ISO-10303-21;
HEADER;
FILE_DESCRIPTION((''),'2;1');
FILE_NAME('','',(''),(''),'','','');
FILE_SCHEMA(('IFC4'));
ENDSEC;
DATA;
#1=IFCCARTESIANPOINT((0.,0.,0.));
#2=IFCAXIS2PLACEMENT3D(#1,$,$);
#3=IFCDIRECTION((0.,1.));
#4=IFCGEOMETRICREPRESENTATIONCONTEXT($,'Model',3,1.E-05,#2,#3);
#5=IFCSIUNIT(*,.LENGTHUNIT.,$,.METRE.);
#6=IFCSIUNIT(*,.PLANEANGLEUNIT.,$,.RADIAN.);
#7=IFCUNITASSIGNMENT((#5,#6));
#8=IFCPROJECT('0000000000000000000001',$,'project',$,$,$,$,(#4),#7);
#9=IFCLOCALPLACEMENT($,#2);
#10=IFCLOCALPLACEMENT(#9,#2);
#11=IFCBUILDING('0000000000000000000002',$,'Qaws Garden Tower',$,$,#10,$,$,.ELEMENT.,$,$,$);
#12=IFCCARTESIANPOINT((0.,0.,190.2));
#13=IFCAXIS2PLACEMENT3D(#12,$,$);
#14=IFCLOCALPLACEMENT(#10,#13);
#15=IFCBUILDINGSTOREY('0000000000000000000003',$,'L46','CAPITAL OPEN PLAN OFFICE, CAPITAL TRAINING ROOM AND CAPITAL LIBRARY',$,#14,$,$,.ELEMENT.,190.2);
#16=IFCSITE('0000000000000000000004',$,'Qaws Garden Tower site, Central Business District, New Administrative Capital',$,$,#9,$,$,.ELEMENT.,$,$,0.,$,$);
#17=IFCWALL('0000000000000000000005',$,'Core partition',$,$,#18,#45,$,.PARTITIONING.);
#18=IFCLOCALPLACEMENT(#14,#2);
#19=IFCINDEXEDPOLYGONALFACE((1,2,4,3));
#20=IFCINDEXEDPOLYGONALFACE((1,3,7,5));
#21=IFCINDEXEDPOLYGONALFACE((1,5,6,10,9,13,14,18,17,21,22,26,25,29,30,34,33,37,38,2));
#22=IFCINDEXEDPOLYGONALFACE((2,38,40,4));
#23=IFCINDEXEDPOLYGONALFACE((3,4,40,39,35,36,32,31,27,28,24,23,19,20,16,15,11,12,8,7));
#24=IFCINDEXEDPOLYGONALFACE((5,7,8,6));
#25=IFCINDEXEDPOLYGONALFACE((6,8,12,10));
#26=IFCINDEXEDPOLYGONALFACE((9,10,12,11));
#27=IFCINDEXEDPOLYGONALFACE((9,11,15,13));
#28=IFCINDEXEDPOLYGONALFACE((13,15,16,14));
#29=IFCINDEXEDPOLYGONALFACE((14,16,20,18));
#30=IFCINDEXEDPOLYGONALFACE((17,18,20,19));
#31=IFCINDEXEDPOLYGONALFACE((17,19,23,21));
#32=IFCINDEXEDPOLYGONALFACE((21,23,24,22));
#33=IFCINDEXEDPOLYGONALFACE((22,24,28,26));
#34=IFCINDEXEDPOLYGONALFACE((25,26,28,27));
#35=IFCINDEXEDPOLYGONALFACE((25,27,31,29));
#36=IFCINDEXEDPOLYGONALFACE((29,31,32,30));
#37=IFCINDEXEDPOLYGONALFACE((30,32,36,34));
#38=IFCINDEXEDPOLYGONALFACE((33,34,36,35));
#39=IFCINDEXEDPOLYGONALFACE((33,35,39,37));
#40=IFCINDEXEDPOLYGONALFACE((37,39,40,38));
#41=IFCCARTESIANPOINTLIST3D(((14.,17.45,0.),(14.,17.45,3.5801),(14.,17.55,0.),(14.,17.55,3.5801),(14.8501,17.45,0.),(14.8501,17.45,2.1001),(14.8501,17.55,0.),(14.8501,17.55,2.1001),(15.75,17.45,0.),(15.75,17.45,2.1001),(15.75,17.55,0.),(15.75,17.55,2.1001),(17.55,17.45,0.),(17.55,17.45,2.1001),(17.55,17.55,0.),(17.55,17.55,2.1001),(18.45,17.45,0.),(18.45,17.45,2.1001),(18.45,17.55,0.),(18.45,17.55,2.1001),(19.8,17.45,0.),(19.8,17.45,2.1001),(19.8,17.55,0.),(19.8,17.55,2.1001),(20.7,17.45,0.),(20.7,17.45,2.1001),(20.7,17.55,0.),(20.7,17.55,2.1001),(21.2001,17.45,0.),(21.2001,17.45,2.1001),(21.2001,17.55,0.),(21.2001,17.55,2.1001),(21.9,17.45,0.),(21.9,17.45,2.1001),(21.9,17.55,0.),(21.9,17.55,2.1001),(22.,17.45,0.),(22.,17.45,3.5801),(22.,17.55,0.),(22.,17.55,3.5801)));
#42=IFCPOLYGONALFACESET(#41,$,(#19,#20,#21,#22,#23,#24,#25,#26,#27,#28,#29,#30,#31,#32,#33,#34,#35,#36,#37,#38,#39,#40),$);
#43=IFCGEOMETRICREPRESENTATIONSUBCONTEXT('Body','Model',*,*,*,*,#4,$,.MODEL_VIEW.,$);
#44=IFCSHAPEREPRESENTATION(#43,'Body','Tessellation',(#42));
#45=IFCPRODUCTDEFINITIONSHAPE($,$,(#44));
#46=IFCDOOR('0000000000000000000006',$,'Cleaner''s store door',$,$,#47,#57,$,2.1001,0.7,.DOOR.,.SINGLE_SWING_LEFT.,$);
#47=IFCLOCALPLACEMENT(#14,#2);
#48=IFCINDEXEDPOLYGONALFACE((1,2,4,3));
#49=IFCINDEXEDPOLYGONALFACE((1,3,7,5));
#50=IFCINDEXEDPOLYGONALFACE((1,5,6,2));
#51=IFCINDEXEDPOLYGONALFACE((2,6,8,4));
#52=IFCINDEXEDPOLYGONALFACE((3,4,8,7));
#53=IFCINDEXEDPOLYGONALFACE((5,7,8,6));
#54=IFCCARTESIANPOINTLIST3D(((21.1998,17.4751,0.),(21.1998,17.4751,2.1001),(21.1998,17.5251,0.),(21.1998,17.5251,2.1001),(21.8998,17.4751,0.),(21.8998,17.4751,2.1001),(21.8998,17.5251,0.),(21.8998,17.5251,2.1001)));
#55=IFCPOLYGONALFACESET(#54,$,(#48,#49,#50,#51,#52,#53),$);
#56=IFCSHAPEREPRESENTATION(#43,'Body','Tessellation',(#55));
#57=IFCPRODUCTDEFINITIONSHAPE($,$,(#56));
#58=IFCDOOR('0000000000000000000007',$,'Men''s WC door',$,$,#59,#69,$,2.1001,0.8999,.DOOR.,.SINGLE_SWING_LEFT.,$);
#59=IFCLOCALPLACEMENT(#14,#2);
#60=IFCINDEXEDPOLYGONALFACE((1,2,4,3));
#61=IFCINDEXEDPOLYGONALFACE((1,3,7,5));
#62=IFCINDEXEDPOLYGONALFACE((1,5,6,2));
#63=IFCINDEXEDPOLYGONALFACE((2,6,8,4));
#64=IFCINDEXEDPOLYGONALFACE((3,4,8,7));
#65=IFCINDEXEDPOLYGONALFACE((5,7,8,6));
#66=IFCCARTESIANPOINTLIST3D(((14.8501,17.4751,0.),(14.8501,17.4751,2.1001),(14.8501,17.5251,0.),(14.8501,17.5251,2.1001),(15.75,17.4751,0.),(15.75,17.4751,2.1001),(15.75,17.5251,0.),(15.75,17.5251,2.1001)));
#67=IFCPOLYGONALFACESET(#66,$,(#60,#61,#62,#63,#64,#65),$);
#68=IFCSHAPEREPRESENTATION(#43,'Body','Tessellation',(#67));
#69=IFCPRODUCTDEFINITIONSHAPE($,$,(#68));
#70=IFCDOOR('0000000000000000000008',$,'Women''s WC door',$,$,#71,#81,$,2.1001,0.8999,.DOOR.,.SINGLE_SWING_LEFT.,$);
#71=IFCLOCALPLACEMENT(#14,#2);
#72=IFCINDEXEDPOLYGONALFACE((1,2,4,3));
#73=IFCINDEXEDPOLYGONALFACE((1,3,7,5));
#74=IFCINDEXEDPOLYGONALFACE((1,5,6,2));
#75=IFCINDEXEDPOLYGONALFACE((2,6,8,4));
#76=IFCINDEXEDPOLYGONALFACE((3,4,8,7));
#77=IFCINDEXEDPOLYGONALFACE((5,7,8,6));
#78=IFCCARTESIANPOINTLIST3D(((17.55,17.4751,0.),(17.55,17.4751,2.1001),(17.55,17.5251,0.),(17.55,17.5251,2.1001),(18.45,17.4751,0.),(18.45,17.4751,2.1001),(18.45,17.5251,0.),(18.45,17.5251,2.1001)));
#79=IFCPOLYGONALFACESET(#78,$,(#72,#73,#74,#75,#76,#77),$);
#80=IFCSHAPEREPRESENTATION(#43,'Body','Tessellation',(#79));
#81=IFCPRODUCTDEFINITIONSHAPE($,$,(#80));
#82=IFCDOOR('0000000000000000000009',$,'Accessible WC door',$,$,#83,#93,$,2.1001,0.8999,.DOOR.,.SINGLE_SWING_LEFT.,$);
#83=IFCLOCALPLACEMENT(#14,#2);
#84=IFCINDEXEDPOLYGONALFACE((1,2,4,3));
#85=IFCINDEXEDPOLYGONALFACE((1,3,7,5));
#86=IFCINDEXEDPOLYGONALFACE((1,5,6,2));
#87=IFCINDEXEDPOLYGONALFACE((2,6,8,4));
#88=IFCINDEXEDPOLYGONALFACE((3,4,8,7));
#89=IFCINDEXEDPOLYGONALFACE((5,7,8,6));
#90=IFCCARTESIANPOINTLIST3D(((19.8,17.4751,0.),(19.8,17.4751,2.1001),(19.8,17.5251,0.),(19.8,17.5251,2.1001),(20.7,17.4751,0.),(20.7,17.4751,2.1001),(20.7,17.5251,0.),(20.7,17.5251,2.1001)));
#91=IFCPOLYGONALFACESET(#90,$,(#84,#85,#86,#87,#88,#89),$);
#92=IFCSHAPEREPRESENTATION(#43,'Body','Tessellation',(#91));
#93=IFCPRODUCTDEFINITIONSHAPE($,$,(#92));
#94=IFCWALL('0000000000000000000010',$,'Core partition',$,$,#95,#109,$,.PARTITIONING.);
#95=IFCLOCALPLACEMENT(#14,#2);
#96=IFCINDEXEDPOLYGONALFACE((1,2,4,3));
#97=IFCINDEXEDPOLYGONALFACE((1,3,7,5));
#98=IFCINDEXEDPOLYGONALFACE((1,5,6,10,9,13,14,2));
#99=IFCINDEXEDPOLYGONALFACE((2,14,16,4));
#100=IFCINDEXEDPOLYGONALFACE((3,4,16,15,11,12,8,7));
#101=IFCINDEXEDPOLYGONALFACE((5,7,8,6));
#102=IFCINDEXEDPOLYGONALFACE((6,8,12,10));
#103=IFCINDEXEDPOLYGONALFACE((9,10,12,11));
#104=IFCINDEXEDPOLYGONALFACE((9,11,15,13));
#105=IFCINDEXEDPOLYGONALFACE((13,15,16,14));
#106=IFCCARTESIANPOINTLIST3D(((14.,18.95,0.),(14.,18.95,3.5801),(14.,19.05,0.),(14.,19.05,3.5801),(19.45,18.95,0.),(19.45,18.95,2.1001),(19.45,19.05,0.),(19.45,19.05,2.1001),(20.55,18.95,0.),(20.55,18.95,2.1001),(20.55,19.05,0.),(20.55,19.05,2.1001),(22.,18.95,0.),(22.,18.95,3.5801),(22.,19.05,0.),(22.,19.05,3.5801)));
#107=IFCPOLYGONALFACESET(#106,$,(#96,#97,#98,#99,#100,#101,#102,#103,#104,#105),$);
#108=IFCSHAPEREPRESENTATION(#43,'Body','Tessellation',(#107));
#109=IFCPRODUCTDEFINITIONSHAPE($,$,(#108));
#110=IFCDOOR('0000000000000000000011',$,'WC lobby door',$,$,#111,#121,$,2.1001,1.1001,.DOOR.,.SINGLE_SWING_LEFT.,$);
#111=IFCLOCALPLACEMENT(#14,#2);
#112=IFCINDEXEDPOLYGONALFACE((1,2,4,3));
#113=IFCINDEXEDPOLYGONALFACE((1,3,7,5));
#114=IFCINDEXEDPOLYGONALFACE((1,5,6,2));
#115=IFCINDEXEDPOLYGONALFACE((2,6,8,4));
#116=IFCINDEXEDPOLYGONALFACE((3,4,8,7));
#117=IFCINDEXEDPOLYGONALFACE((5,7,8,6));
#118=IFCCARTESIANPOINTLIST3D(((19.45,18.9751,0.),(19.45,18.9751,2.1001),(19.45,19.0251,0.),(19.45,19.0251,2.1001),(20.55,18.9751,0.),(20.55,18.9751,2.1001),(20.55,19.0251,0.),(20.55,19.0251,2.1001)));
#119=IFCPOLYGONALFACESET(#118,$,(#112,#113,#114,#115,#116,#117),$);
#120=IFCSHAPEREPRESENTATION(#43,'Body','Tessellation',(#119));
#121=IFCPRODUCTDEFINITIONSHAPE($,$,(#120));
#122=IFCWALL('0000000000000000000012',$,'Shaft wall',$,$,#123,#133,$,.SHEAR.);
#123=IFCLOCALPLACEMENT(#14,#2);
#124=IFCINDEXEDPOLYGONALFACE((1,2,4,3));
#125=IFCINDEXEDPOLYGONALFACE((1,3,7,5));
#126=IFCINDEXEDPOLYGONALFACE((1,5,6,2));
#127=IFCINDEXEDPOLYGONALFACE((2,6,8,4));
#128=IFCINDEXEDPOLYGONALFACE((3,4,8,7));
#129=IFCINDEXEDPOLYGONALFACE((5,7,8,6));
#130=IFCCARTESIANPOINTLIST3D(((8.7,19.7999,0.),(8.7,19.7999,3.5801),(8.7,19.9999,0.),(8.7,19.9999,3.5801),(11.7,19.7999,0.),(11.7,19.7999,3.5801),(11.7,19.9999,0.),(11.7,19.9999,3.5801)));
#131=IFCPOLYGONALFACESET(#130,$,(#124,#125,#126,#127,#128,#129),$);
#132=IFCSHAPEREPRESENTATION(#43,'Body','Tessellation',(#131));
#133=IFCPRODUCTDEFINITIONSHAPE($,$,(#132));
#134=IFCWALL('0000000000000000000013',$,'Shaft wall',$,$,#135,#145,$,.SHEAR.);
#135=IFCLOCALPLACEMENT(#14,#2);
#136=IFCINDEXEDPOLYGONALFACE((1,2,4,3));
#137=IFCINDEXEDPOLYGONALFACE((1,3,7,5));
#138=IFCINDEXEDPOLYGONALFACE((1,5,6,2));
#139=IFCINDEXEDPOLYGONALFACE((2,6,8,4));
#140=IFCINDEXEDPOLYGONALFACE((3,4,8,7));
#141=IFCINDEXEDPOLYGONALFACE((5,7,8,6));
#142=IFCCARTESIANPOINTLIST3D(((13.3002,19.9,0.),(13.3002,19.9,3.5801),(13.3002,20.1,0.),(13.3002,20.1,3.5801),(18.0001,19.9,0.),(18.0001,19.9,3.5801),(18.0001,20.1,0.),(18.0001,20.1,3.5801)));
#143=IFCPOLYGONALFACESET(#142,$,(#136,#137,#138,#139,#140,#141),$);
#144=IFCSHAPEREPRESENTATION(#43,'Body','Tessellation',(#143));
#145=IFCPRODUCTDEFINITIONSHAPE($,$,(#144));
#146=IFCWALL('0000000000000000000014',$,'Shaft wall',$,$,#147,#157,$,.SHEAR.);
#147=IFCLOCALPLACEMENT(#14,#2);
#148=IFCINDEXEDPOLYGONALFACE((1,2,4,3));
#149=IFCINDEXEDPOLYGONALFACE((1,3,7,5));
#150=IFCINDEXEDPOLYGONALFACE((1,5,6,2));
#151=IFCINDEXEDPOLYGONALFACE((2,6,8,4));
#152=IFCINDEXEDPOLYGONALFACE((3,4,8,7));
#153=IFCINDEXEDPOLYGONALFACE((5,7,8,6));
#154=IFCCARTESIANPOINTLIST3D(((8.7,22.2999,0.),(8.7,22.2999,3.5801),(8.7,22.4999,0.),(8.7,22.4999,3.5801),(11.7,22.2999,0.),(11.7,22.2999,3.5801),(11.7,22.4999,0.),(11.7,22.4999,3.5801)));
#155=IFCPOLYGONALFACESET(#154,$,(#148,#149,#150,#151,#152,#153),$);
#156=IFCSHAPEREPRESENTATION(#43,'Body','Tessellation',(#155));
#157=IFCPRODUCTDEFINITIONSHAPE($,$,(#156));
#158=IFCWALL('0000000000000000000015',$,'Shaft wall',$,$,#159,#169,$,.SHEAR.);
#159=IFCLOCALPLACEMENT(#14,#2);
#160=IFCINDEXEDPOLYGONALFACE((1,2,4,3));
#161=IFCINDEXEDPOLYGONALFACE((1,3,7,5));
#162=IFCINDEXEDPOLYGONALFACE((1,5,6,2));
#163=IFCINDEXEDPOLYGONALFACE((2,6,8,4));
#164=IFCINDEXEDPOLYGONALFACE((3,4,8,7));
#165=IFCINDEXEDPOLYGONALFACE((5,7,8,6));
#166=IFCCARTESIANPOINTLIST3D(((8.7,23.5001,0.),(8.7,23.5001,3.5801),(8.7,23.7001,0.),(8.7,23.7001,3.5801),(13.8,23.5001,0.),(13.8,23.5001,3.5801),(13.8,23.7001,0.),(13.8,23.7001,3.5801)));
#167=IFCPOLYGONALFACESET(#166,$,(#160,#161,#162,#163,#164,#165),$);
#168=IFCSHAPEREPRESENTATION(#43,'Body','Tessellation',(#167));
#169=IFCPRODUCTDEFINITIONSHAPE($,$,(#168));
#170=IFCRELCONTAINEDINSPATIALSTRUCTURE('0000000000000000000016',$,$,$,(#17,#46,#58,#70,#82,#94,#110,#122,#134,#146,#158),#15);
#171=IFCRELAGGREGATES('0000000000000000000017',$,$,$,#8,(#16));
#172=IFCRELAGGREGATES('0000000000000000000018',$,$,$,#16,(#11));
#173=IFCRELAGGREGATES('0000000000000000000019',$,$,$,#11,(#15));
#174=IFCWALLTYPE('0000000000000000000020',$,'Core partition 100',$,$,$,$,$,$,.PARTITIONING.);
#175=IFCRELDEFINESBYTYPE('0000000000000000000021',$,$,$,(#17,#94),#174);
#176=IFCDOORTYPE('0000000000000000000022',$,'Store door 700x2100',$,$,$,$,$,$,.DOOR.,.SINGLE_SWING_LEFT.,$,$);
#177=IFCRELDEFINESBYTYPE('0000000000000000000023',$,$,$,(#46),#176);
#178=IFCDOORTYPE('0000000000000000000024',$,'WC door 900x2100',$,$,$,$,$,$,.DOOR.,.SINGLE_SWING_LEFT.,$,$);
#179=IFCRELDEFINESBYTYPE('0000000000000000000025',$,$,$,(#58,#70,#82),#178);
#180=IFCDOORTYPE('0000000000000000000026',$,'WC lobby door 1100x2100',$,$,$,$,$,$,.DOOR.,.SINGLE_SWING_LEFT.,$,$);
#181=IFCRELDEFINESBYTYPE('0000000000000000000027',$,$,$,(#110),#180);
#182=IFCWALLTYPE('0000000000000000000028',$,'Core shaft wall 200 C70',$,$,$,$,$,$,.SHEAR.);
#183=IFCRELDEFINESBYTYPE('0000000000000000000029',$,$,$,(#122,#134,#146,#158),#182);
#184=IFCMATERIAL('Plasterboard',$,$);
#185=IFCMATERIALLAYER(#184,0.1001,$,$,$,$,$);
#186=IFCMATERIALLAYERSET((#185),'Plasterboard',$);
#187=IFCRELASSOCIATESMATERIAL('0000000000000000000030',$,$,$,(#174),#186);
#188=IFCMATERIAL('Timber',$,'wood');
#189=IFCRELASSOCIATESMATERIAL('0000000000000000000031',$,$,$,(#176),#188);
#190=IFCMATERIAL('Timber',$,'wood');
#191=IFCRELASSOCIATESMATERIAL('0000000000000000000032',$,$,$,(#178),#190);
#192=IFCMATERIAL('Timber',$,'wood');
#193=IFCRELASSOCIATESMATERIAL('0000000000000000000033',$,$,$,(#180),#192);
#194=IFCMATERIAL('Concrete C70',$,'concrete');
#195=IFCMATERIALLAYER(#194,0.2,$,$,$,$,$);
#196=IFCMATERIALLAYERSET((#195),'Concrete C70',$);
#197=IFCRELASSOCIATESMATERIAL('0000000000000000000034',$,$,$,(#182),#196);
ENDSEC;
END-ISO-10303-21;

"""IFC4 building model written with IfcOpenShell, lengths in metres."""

from ifc_helpers import new_model, si_unit, direction, frame, frame_2d, origin, place, context, subcontext, project, spatial, rectangle, extrude, material, layer, layer_set, type_object, element, fill, save


model = new_model("IFC4")

# Units and contexts
model_context = context("Model", 3, precision=1e-05, world=origin(), true_north=direction((0.0, 1.0)))
body_context = subcontext(model_context, "Body", "Model", "MODEL_VIEW")
ifc_project = project(units=[si_unit("LENGTHUNIT", "METRE"), si_unit("PLANEANGLEUNIT", "RADIAN")], contexts=[model_context])

# Site, building, storey
site_placement = place(None, origin())
site = spatial("IfcSite", under=ifc_project, at=site_placement, Name="Qaws Garden Tower site, Central Business District, New Administrative Capital", CompositionType="ELEMENT", RefElevation=0.0)
building_placement = place(site_placement, origin())
building = spatial("IfcBuilding", under=site, at=building_placement, Name="Qaws Garden Tower", CompositionType="ELEMENT")
storey_placement = place(building_placement, frame((0.0, 0.0, 190.2)))
storey = spatial("IfcBuildingStorey", under=building, at=storey_placement, Name="L46", Description="CAPITAL OPEN PLAN OFFICE, CAPITAL TRAINING ROOM AND CAPITAL LIBRARY", CompositionType="ELEMENT", Elevation=190.2)

# Wall, openings, doors
ifc_material_1 = material(Name="Plasterboard")
ifc_layer_1 = layer(ifc_material_1, 0.1001)
ifc_layer_set_1 = layer_set([ifc_layer_1], Name="Plasterboard")
wall_type_1 = type_object("IfcWallType", Name="Core partition 100", PredefinedType="PARTITIONING", material=ifc_layer_set_1)
wall_1_placement = place(storey_placement, frame((14.0, 17.5, 0.0), z_axis=(0.0, 0.0, 1.0), x_axis=(1.0, 0.0, 0.0)))
wall_1 = element("IfcWall", 1, at=wall_1_placement, inside=storey, type_object=wall_type_1, Name="Core partition", PredefinedType="PARTITIONING", context=body_context, shape_type="SweptSolid", body=[
    extrude(rectangle(XDim=8.0, YDim=0.1001, at=frame_2d((4.0, 0.0))), origin(), (0.0, 0.0, 1.0), 3.5801),
])
opening_1_placement = place(wall_1_placement, frame((0.8501, 0.0, 0.0)))
opening_1 = element("IfcOpeningElement", 2, at=opening_1_placement, cuts=wall_1, PredefinedType="OPENING", context=body_context, shape_type="SweptSolid", body=[
    extrude(rectangle(XDim=0.8999, YDim=2.1001, at=frame_2d((0.45, 1.05))), frame((0.0, 0.0601, 0.0), z_axis=(0.0, -1.0, 0.0), x_axis=(1.0, 0.0, 0.0)), (0.0, 0.0, 1.0), 0.1201),
])
opening_2_placement = place(wall_1_placement, frame((3.55, 0.0, 0.0)))
opening_2 = element("IfcOpeningElement", 3, at=opening_2_placement, cuts=wall_1, PredefinedType="OPENING", context=body_context, shape_type="SweptSolid", body=[
    extrude(rectangle(XDim=0.8999, YDim=2.1001, at=frame_2d((0.45, 1.05))), frame((0.0, 0.0601, 0.0), z_axis=(0.0, -1.0, 0.0), x_axis=(1.0, 0.0, 0.0)), (0.0, 0.0, 1.0), 0.1201),
])
opening_3_placement = place(wall_1_placement, frame((5.8, 0.0, 0.0)))
opening_3 = element("IfcOpeningElement", 4, at=opening_3_placement, cuts=wall_1, PredefinedType="OPENING", context=body_context, shape_type="SweptSolid", body=[
    extrude(rectangle(XDim=0.8999, YDim=2.1001, at=frame_2d((0.45, 1.05))), frame((0.0, 0.0601, 0.0), z_axis=(0.0, -1.0, 0.0), x_axis=(1.0, 0.0, 0.0)), (0.0, 0.0, 1.0), 0.1201),
])
opening_4_placement = place(wall_1_placement, frame((7.2, 0.0, 0.0)))
opening_4 = element("IfcOpeningElement", 5, at=opening_4_placement, cuts=wall_1, PredefinedType="OPENING", context=body_context, shape_type="SweptSolid", body=[
    extrude(rectangle(XDim=0.7, YDim=2.1001, at=frame_2d((0.3501, 1.05))), frame((0.0, 0.0601, 0.0), z_axis=(0.0, -1.0, 0.0), x_axis=(1.0, 0.0, 0.0)), (0.0, 0.0, 1.0), 0.1201),
])
ifc_material_2 = material(Name="Timber", Category="wood")
door_type_1 = type_object("IfcDoorType", Name="Store door 700x2100", OperationType="SINGLE_SWING_LEFT", PredefinedType="DOOR", material=ifc_material_2)
door_1_placement = place(opening_4_placement, frame((0.7, 0.0, 0.0), z_axis=(0.0, 0.0, 1.0), x_axis=(-1.0, 0.0, 0.0)))
door_1 = element("IfcDoor", 6, at=door_1_placement, inside=storey, type_object=door_type_1, Name="Cleaner's store door", OperationType="SINGLE_SWING_LEFT", OverallHeight=2.1001, OverallWidth=0.7, PredefinedType="DOOR", context=body_context, shape_type="SweptSolid", body=[
    extrude(rectangle(XDim=0.7, YDim=2.1001, at=frame_2d((0.3501, 1.05))), frame((0.0, 0.0249, 0.0), z_axis=(0.0, -1.0, 0.0), x_axis=(1.0, 0.0, 0.0)), (0.0, 0.0, 1.0), 0.05),
])
fill(opening_4, door_1)
ifc_material_3 = material(Name="Timber", Category="wood")
door_type_2 = type_object("IfcDoorType", Name="WC door 900x2100", OperationType="SINGLE_SWING_LEFT", PredefinedType="DOOR", material=ifc_material_3)
door_2_placement = place(opening_1_placement, frame((0.8999, 0.0, 0.0), z_axis=(0.0, 0.0, 1.0), x_axis=(-1.0, 0.0, 0.0)))
door_2 = element("IfcDoor", 7, at=door_2_placement, inside=storey, type_object=door_type_2, Name="Men's WC door", OperationType="SINGLE_SWING_LEFT", OverallHeight=2.1001, OverallWidth=0.8999, PredefinedType="DOOR", context=body_context, shape_type="SweptSolid", body=[
    extrude(rectangle(XDim=0.8999, YDim=2.1001, at=frame_2d((0.45, 1.05))), frame((0.0, 0.0249, 0.0), z_axis=(0.0, -1.0, 0.0), x_axis=(1.0, 0.0, 0.0)), (0.0, 0.0, 1.0), 0.05),
])
fill(opening_1, door_2)
door_3_placement = place(opening_2_placement, frame((0.8999, 0.0, 0.0), z_axis=(0.0, 0.0, 1.0), x_axis=(-1.0, 0.0, 0.0)))
door_3 = element("IfcDoor", 8, at=door_3_placement, inside=storey, type_object=door_type_2, Name="Women's WC door", OperationType="SINGLE_SWING_LEFT", OverallHeight=2.1001, OverallWidth=0.8999, PredefinedType="DOOR", context=body_context, shape_type="SweptSolid", body=[
    extrude(rectangle(XDim=0.8999, YDim=2.1001, at=frame_2d((0.45, 1.05))), frame((0.0, 0.0249, 0.0), z_axis=(0.0, -1.0, 0.0), x_axis=(1.0, 0.0, 0.0)), (0.0, 0.0, 1.0), 0.05),
])
fill(opening_2, door_3)
door_4_placement = place(opening_3_placement, frame((0.8999, 0.0, 0.0), z_axis=(0.0, 0.0, 1.0), x_axis=(-1.0, 0.0, 0.0)))
door_4 = element("IfcDoor", 9, at=door_4_placement, inside=storey, type_object=door_type_2, Name="Accessible WC door", OperationType="SINGLE_SWING_LEFT", OverallHeight=2.1001, OverallWidth=0.8999, PredefinedType="DOOR", context=body_context, shape_type="SweptSolid", body=[
    extrude(rectangle(XDim=0.8999, YDim=2.1001, at=frame_2d((0.45, 1.05))), frame((0.0, 0.0249, 0.0), z_axis=(0.0, -1.0, 0.0), x_axis=(1.0, 0.0, 0.0)), (0.0, 0.0, 1.0), 0.05),
])
fill(opening_3, door_4)

# Wall, opening, door
wall_2_placement = place(storey_placement, frame((14.0, 19.0, 0.0), z_axis=(0.0, 0.0, 1.0), x_axis=(1.0, 0.0, 0.0)))
wall_2 = element("IfcWall", 10, at=wall_2_placement, inside=storey, type_object=wall_type_1, Name="Core partition", PredefinedType="PARTITIONING", context=body_context, shape_type="SweptSolid", body=[
    extrude(rectangle(XDim=8.0, YDim=0.1001, at=frame_2d((4.0, 0.0))), origin(), (0.0, 0.0, 1.0), 3.5801),
])
opening_5_placement = place(wall_2_placement, frame((5.45, 0.0, 0.0)))
opening_5 = element("IfcOpeningElement", 11, at=opening_5_placement, cuts=wall_2, PredefinedType="OPENING", context=body_context, shape_type="SweptSolid", body=[
    extrude(rectangle(XDim=1.1001, YDim=2.1001, at=frame_2d((0.55, 1.05))), frame((0.0, 0.0601, 0.0), z_axis=(0.0, -1.0, 0.0), x_axis=(1.0, 0.0, 0.0)), (0.0, 0.0, 1.0), 0.1201),
])
ifc_material_4 = material(Name="Timber", Category="wood")
door_type_3 = type_object("IfcDoorType", Name="WC lobby door 1100x2100", OperationType="SINGLE_SWING_LEFT", PredefinedType="DOOR", material=ifc_material_4)
door_5_placement = place(opening_5_placement, frame((1.1001, 0.0, 0.0), z_axis=(0.0, 0.0, 1.0), x_axis=(-1.0, 0.0, 0.0)))
door_5 = element("IfcDoor", 12, at=door_5_placement, inside=storey, type_object=door_type_3, Name="WC lobby door", OperationType="SINGLE_SWING_LEFT", OverallHeight=2.1001, OverallWidth=1.1001, PredefinedType="DOOR", context=body_context, shape_type="SweptSolid", body=[
    extrude(rectangle(XDim=1.1001, YDim=2.1001, at=frame_2d((0.55, 1.05))), frame((0.0, 0.0249, 0.0), z_axis=(0.0, -1.0, 0.0), x_axis=(1.0, 0.0, 0.0)), (0.0, 0.0, 1.0), 0.05),
])
fill(opening_5, door_5)

# Walls
ifc_material_5 = material(Name="Concrete C70", Category="concrete")
ifc_layer_2 = layer(ifc_material_5, 0.2)
ifc_layer_set_2 = layer_set([ifc_layer_2], Name="Concrete C70")
wall_type_2 = type_object("IfcWallType", Name="Core shaft wall 200 C70", PredefinedType="SHEAR", material=ifc_layer_set_2)
wall_3_placement = place(storey_placement, frame((8.7, 19.8999, 0.0), z_axis=(0.0, 0.0, 1.0), x_axis=(1.0, 0.0, 0.0)))
element("IfcWall", 13, at=wall_3_placement, inside=storey, type_object=wall_type_2, Name="Shaft wall", PredefinedType="SHEAR", context=body_context, shape_type="SweptSolid", body=[
    extrude(rectangle(XDim=3.0, YDim=0.2, at=frame_2d((1.5, 0.0))), origin(), (0.0, 0.0, 1.0), 3.5801),
])
wall_4_placement = place(storey_placement, frame((13.3, 20.0, 0.0), z_axis=(0.0, 0.0, 1.0), x_axis=(1.0, 0.0, 0.0)))
element("IfcWall", 14, at=wall_4_placement, inside=storey, type_object=wall_type_2, Name="Shaft wall", PredefinedType="SHEAR", context=body_context, shape_type="SweptSolid", body=[
    extrude(rectangle(XDim=4.7, YDim=0.2, at=frame_2d((2.3501, 0.0))), origin(), (0.0, 0.0, 1.0), 3.5801),
])
wall_5_placement = place(storey_placement, frame((8.7, 22.3999, 0.0), z_axis=(0.0, 0.0, 1.0), x_axis=(1.0, 0.0, 0.0)))
element("IfcWall", 15, at=wall_5_placement, inside=storey, type_object=wall_type_2, Name="Shaft wall", PredefinedType="SHEAR", context=body_context, shape_type="SweptSolid", body=[
    extrude(rectangle(XDim=3.0, YDim=0.2, at=frame_2d((1.5, 0.0))), origin(), (0.0, 0.0, 1.0), 3.5801),
])
wall_6_placement = place(storey_placement, frame((8.7, 23.6001, 0.0), z_axis=(0.0, 0.0, 1.0), x_axis=(1.0, 0.0, 0.0)))
element("IfcWall", 16, at=wall_6_placement, inside=storey, type_object=wall_type_2, Name="Shaft wall", PredefinedType="SHEAR", context=body_context, shape_type="SweptSolid", body=[
    extrude(rectangle(XDim=5.1001, YDim=0.2, at=frame_2d((2.55, 0.0))), origin(), (0.0, 0.0, 1.0), 3.5801),
])

save(model, "model.ifc")
